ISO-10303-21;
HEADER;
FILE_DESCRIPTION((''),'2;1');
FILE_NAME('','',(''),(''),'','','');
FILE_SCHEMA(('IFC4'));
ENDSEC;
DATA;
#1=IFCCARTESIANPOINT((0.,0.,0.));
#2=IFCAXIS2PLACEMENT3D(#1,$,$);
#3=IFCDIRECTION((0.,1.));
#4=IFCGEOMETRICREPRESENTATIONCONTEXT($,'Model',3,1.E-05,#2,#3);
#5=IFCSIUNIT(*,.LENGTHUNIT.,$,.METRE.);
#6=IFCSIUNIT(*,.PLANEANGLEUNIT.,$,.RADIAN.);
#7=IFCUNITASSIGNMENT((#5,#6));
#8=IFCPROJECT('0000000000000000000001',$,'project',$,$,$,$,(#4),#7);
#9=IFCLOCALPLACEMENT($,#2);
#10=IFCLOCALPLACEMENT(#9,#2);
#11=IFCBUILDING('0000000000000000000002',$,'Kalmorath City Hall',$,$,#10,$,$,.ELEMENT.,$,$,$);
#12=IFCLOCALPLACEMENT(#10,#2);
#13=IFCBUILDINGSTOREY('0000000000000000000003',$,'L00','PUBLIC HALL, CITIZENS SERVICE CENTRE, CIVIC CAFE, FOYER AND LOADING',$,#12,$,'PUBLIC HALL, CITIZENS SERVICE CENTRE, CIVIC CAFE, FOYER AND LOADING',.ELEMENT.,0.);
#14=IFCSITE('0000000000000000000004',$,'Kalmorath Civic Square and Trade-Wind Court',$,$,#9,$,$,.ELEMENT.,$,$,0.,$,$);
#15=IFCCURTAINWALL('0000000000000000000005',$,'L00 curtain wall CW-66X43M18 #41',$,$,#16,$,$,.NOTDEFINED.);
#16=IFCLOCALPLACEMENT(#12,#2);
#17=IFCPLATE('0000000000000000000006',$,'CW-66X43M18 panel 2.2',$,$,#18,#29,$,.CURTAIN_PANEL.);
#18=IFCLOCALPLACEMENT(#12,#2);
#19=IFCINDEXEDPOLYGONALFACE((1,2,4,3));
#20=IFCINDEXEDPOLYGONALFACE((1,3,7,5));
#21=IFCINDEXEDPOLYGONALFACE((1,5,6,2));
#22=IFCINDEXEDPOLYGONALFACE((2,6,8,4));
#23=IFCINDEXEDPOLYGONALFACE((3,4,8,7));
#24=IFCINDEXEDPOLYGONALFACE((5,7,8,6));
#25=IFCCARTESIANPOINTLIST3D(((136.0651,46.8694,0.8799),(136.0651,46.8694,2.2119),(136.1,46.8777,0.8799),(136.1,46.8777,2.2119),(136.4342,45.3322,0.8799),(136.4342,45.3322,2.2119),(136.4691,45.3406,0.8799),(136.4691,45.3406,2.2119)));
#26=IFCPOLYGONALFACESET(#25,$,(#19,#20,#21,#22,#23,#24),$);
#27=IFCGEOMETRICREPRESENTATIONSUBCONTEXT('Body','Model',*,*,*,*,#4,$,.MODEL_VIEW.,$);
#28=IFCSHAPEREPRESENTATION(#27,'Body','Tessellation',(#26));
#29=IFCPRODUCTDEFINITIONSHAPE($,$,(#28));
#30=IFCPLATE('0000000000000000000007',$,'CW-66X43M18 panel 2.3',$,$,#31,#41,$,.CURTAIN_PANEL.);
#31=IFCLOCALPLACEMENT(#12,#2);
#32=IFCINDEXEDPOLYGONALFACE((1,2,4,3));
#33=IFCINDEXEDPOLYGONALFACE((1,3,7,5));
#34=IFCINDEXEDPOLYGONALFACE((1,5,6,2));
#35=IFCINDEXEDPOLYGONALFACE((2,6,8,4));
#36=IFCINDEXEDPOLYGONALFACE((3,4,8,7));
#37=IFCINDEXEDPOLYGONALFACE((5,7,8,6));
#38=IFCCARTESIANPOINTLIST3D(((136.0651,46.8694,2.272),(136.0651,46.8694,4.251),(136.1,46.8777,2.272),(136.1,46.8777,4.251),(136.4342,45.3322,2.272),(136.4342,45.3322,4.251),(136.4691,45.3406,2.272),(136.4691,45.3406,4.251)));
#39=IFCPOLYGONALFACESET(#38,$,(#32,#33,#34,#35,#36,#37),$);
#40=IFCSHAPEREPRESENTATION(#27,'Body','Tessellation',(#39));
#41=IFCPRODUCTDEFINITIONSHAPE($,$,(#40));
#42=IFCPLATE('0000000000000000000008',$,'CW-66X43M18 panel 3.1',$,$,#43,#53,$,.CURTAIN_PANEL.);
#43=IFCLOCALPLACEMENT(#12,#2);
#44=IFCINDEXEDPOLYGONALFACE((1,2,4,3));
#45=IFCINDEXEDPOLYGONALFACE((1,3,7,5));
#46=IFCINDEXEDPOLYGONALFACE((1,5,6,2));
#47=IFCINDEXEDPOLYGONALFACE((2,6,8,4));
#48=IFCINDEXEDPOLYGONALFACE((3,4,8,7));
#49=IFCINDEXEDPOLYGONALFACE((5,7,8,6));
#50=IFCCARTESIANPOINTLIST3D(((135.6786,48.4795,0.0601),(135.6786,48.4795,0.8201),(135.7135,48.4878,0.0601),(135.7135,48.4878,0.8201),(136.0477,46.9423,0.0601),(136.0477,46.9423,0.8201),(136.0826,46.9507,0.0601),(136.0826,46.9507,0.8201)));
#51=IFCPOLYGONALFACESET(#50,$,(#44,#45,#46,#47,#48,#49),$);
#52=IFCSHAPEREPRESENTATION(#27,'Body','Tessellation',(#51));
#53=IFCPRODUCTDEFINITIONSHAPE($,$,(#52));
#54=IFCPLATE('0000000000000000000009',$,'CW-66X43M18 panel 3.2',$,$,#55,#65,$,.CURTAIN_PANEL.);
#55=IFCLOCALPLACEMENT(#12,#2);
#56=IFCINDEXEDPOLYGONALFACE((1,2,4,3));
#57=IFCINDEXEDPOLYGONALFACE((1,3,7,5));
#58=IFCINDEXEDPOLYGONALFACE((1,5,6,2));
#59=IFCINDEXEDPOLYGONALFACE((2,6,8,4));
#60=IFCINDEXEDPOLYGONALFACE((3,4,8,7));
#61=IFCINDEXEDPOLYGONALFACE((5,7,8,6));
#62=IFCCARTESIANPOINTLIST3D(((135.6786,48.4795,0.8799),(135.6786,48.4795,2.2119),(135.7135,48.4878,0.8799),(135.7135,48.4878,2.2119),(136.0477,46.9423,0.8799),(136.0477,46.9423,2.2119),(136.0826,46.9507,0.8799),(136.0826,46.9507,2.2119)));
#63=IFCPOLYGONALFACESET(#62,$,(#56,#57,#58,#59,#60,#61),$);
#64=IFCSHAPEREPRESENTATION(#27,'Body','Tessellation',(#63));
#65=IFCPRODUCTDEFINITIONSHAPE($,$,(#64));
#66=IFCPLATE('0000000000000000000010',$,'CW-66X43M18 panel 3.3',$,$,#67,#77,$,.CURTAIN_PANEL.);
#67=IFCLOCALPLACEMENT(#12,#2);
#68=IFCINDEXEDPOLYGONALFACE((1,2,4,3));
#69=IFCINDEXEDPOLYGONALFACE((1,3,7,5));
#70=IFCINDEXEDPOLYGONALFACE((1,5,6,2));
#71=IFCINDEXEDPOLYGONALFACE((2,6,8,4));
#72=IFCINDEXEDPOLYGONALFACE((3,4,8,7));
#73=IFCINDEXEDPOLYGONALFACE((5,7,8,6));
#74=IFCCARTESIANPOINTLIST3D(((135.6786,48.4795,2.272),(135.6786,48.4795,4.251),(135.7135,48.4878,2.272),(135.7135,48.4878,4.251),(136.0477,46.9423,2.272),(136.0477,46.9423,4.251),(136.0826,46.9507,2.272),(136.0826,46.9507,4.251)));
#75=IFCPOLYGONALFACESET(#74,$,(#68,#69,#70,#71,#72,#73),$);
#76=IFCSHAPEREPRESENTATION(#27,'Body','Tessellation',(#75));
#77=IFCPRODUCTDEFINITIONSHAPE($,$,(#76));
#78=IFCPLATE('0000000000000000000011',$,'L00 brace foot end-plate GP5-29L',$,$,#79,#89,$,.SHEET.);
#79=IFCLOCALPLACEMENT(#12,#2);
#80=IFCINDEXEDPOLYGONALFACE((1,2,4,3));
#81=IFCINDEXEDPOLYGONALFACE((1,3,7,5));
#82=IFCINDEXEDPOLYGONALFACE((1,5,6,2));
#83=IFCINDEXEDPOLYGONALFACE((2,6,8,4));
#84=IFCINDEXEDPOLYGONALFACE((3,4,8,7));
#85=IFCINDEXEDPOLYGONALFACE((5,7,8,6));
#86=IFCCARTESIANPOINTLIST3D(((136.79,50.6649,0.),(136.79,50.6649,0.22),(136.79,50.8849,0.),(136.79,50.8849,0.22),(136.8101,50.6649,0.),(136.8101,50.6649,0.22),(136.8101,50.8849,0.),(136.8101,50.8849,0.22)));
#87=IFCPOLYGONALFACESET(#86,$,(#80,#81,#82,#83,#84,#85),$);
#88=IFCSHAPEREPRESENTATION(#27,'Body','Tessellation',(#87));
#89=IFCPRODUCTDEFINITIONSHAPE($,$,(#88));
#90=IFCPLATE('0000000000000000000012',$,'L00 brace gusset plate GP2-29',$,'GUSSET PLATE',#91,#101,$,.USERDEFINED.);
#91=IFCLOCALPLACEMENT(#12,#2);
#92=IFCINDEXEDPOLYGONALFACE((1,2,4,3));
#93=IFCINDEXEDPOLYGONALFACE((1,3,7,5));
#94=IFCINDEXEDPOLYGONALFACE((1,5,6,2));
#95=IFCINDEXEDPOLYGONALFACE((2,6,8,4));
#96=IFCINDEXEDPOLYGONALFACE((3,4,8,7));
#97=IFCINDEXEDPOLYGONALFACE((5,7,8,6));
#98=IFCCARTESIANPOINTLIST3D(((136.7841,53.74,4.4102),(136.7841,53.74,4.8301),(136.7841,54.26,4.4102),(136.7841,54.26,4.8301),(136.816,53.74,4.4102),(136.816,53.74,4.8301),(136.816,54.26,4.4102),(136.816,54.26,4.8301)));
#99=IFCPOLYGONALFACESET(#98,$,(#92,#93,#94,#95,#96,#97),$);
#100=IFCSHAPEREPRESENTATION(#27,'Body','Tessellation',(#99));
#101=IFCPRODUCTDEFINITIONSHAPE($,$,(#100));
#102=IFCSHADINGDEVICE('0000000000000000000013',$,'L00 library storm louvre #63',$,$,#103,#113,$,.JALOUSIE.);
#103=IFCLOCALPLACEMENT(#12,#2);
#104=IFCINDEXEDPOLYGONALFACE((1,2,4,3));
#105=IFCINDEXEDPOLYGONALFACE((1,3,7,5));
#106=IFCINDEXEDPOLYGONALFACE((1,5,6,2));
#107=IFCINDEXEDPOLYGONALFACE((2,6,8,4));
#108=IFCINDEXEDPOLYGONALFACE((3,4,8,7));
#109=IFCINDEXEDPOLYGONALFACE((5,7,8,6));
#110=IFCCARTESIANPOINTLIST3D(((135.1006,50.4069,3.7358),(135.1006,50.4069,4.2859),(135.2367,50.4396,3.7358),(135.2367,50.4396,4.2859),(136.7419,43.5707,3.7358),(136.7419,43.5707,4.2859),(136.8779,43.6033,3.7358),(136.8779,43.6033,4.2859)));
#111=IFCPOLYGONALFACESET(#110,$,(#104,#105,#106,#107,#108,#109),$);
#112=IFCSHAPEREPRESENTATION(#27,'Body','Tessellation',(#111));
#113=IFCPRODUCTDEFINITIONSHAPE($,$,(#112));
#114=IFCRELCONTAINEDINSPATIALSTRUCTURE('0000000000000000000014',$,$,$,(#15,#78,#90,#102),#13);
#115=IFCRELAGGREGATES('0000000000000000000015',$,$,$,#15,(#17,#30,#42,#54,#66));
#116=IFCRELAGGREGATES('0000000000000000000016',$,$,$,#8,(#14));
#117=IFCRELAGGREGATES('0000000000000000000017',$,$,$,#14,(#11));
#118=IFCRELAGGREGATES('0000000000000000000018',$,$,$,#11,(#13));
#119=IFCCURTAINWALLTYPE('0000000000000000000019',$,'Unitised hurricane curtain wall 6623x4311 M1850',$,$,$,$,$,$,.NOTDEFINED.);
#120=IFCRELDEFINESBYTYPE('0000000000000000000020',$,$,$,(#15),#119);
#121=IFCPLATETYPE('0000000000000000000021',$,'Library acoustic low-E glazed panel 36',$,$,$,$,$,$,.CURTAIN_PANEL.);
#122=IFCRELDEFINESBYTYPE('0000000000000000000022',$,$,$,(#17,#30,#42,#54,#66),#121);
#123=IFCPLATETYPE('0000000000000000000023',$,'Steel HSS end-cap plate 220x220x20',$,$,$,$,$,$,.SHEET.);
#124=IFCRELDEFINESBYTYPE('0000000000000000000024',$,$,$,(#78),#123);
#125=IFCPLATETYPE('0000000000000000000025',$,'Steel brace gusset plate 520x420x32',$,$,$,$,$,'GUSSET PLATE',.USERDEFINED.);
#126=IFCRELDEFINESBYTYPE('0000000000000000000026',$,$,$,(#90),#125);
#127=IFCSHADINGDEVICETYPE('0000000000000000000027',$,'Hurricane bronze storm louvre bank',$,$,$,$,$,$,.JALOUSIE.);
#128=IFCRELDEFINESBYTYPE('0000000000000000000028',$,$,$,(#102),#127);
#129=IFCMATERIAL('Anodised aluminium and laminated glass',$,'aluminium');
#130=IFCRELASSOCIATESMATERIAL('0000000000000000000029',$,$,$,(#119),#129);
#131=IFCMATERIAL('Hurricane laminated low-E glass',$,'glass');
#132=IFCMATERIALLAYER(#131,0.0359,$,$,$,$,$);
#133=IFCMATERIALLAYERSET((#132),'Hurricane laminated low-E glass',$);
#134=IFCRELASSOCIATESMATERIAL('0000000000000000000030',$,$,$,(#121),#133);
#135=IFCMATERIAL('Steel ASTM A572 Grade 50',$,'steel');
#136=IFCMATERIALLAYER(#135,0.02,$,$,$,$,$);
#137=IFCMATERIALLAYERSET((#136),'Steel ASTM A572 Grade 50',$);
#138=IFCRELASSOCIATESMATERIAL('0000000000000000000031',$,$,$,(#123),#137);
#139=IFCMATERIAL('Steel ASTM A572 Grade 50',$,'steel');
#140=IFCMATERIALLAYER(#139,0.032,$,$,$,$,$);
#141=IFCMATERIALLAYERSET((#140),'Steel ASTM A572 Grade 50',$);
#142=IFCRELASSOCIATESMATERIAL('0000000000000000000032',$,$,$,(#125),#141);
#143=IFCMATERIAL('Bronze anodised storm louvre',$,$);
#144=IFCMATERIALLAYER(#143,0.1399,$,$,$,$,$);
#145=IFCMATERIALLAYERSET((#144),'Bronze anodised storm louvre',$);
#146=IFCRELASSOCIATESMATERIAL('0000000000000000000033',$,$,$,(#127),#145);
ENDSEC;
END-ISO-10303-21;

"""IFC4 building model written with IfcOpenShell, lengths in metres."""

from ifc_helpers import new_model, si_unit, direction, frame, origin, origin_2d, place, context, subcontext, project, spatial, rectangle, extrude, material, layer, layer_set, type_object, element, aggregate, save


model = new_model("IFC4")

# Units and contexts
model_context = context("Model", 3, precision=1e-05, world=origin(), true_north=direction((0.0, 1.0)))
body_context = subcontext(model_context, "Body", "Model", "MODEL_VIEW")
ifc_project = project(units=[si_unit("LENGTHUNIT", "METRE"), si_unit("PLANEANGLEUNIT", "RADIAN")], contexts=[model_context])

# Site, building, storey
site_placement = place(None, origin())
site = spatial("IfcSite", under=ifc_project, at=site_placement, Name="Kalmorath Civic Square and Trade-Wind Court", CompositionType="ELEMENT", RefElevation=0.0)
building_placement = place(site_placement, origin())
building = spatial("IfcBuilding", under=site, at=building_placement, Name="Kalmorath City Hall", CompositionType="ELEMENT")
storey_placement = place(building_placement, origin())
storey = spatial("IfcBuildingStorey", under=building, at=storey_placement, Name="L00", Description="PUBLIC HALL, CITIZENS SERVICE CENTRE, CIVIC CAFE, FOYER AND LOADING", LongName="PUBLIC HALL, CITIZENS SERVICE CENTRE, CIVIC CAFE, FOYER AND LOADING", CompositionType="ELEMENT", Elevation=0.0)

# Curtain wall
ifc_material_1 = material(Name="Anodised aluminium and laminated glass", Category="aluminium")
curtain_wall_type = type_object("IfcCurtainWallType", Name="Unitised hurricane curtain wall 6623x4311 M1850", PredefinedType="NOTDEFINED", material=ifc_material_1)
curtain_wall_placement = place(storey_placement, origin())
curtain_wall = element("IfcCurtainWall", 1, at=curtain_wall_placement, inside=storey, type_object=curtain_wall_type, Name="L00 curtain wall CW-66X43M18 #41", PredefinedType="NOTDEFINED")

# Plates
ifc_material_2 = material(Name="Hurricane laminated low-E glass", Category="glass")
ifc_layer_1 = layer(ifc_material_2, 0.0359)
ifc_layer_set_1 = layer_set([ifc_layer_1], Name="Hurricane laminated low-E glass")
plate_type_1 = type_object("IfcPlateType", Name="Library acoustic low-E glazed panel 36", PredefinedType="CURTAIN_PANEL", material=ifc_layer_set_1)
plate_1_placement = place(storey_placement, frame((136.2671, 46.105, 0.8799), z_axis=(0.0, 0.0, 1.0), x_axis=(-0.233459, 0.972367, 0.0)))
plate_1 = element("IfcPlate", 2, at=plate_1_placement, type_object=plate_type_1, Name="CW-66X43M18 panel 2.2", PredefinedType="CURTAIN_PANEL", context=body_context, shape_type="SweptSolid", body=[
    extrude(rectangle(XDim=1.5808, YDim=0.0359, at=origin_2d()), origin(), (0.0, 0.0, 1.0), 1.332),
])
plate_2_placement = place(storey_placement, frame((136.2671, 46.105, 2.272), z_axis=(0.0, 0.0, 1.0), x_axis=(-0.233459, 0.972367, 0.0)))
plate_2 = element("IfcPlate", 3, at=plate_2_placement, type_object=plate_type_1, Name="CW-66X43M18 panel 2.3", PredefinedType="CURTAIN_PANEL", context=body_context, shape_type="SweptSolid", body=[
    extrude(rectangle(XDim=1.5808, YDim=0.0359, at=origin_2d()), origin(), (0.0, 0.0, 1.0), 1.979),
])
plate_3_placement = place(storey_placement, frame((135.8806, 47.7151, 0.0601), z_axis=(0.0, 0.0, 1.0), x_axis=(-0.233459, 0.972367, 0.0)))
plate_3 = element("IfcPlate", 4, at=plate_3_placement, type_object=plate_type_1, Name="CW-66X43M18 panel 3.1", PredefinedType="CURTAIN_PANEL", context=body_context, shape_type="SweptSolid", body=[
    extrude(rectangle(XDim=1.5808, YDim=0.0359, at=origin_2d()), origin(), (0.0, 0.0, 1.0), 0.76),
])
plate_4_placement = place(storey_placement, frame((135.8806, 47.7151, 0.8799), z_axis=(0.0, 0.0, 1.0), x_axis=(-0.233459, 0.972367, 0.0)))
plate_4 = element("IfcPlate", 5, at=plate_4_placement, type_object=plate_type_1, Name="CW-66X43M18 panel 3.2", PredefinedType="CURTAIN_PANEL", context=body_context, shape_type="SweptSolid", body=[
    extrude(rectangle(XDim=1.5808, YDim=0.0359, at=origin_2d()), origin(), (0.0, 0.0, 1.0), 1.332),
])
plate_5_placement = place(storey_placement, frame((135.8806, 47.7151, 2.272), z_axis=(0.0, 0.0, 1.0), x_axis=(-0.233459, 0.972367, 0.0)))
plate_5 = element("IfcPlate", 6, at=plate_5_placement, type_object=plate_type_1, Name="CW-66X43M18 panel 3.3", PredefinedType="CURTAIN_PANEL", context=body_context, shape_type="SweptSolid", body=[
    extrude(rectangle(XDim=1.5808, YDim=0.0359, at=origin_2d()), origin(), (0.0, 0.0, 1.0), 1.979),
])
aggregate(curtain_wall, [plate_1, plate_2, plate_3, plate_4, plate_5])

# Plates
ifc_material_3 = material(Name="Steel ASTM A572 Grade 50", Category="steel")
ifc_layer_2 = layer(ifc_material_3, 0.02)
ifc_layer_set_2 = layer_set([ifc_layer_2], Name="Steel ASTM A572 Grade 50")
plate_type_2 = type_object("IfcPlateType", Name="Steel HSS end-cap plate 220x220x20", PredefinedType="SHEET", material=ifc_layer_set_2)
plate_6_placement = place(storey_placement, frame((136.8, 50.7749, 0.0), z_axis=(0.0, 0.0, 1.0), x_axis=(0.0, 1.0, 0.0)))
element("IfcPlate", 7, at=plate_6_placement, inside=storey, type_object=plate_type_2, Name="L00 brace foot end-plate GP5-29L", PredefinedType="SHEET", context=body_context, shape_type="SweptSolid", body=[
    extrude(rectangle(XDim=0.22, YDim=0.02, at=origin_2d()), origin(), (0.0, 0.0, 1.0), 0.22),
])
ifc_material_4 = material(Name="Steel ASTM A572 Grade 50", Category="steel")
ifc_layer_3 = layer(ifc_material_4, 0.032)
ifc_layer_set_3 = layer_set([ifc_layer_3], Name="Steel ASTM A572 Grade 50")
plate_type_3 = type_object("IfcPlateType", Name="Steel brace gusset plate 520x420x32", ElementType="GUSSET PLATE", PredefinedType="USERDEFINED", material=ifc_layer_set_3)
plate_7_placement = place(storey_placement, frame((136.8, 54.0, 4.4102), z_axis=(0.0, 0.0, 1.0), x_axis=(0.0, 1.0, 0.0)))
element("IfcPlate", 8, at=plate_7_placement, inside=storey, type_object=plate_type_3, Name="L00 brace gusset plate GP2-29", ObjectType="GUSSET PLATE", PredefinedType="USERDEFINED", context=body_context, shape_type="SweptSolid", body=[
    extrude(rectangle(XDim=0.52, YDim=0.032, at=origin_2d()), origin(), (0.0, 0.0, 1.0), 0.4199),
])

# Shading device
ifc_material_5 = material(Name="Bronze anodised storm louvre")
ifc_layer_4 = layer(ifc_material_5, 0.1399)
ifc_layer_set_4 = layer_set([ifc_layer_4], Name="Bronze anodised storm louvre")
shading_device_type = type_object("IfcShadingDeviceType", Name="Hurricane bronze storm louvre bank", PredefinedType="JALOUSIE", material=ifc_layer_set_4)
shading_device_placement = place(storey_placement, frame((135.9893, 47.0051, 3.7358), z_axis=(0.0, 0.0, 1.0), x_axis=(-0.233445, 0.97237, 0.0)))
element("IfcShadingDevice", 9, at=shading_device_placement, inside=storey, type_object=shading_device_type, Name="L00 library storm louvre #63", PredefinedType="JALOUSIE", context=body_context, shape_type="SweptSolid", body=[
    extrude(rectangle(XDim=7.0305, YDim=0.1399, at=origin_2d()), origin(), (0.0, 0.0, 1.0), 0.55),
])

save(model, "model.ifc")
